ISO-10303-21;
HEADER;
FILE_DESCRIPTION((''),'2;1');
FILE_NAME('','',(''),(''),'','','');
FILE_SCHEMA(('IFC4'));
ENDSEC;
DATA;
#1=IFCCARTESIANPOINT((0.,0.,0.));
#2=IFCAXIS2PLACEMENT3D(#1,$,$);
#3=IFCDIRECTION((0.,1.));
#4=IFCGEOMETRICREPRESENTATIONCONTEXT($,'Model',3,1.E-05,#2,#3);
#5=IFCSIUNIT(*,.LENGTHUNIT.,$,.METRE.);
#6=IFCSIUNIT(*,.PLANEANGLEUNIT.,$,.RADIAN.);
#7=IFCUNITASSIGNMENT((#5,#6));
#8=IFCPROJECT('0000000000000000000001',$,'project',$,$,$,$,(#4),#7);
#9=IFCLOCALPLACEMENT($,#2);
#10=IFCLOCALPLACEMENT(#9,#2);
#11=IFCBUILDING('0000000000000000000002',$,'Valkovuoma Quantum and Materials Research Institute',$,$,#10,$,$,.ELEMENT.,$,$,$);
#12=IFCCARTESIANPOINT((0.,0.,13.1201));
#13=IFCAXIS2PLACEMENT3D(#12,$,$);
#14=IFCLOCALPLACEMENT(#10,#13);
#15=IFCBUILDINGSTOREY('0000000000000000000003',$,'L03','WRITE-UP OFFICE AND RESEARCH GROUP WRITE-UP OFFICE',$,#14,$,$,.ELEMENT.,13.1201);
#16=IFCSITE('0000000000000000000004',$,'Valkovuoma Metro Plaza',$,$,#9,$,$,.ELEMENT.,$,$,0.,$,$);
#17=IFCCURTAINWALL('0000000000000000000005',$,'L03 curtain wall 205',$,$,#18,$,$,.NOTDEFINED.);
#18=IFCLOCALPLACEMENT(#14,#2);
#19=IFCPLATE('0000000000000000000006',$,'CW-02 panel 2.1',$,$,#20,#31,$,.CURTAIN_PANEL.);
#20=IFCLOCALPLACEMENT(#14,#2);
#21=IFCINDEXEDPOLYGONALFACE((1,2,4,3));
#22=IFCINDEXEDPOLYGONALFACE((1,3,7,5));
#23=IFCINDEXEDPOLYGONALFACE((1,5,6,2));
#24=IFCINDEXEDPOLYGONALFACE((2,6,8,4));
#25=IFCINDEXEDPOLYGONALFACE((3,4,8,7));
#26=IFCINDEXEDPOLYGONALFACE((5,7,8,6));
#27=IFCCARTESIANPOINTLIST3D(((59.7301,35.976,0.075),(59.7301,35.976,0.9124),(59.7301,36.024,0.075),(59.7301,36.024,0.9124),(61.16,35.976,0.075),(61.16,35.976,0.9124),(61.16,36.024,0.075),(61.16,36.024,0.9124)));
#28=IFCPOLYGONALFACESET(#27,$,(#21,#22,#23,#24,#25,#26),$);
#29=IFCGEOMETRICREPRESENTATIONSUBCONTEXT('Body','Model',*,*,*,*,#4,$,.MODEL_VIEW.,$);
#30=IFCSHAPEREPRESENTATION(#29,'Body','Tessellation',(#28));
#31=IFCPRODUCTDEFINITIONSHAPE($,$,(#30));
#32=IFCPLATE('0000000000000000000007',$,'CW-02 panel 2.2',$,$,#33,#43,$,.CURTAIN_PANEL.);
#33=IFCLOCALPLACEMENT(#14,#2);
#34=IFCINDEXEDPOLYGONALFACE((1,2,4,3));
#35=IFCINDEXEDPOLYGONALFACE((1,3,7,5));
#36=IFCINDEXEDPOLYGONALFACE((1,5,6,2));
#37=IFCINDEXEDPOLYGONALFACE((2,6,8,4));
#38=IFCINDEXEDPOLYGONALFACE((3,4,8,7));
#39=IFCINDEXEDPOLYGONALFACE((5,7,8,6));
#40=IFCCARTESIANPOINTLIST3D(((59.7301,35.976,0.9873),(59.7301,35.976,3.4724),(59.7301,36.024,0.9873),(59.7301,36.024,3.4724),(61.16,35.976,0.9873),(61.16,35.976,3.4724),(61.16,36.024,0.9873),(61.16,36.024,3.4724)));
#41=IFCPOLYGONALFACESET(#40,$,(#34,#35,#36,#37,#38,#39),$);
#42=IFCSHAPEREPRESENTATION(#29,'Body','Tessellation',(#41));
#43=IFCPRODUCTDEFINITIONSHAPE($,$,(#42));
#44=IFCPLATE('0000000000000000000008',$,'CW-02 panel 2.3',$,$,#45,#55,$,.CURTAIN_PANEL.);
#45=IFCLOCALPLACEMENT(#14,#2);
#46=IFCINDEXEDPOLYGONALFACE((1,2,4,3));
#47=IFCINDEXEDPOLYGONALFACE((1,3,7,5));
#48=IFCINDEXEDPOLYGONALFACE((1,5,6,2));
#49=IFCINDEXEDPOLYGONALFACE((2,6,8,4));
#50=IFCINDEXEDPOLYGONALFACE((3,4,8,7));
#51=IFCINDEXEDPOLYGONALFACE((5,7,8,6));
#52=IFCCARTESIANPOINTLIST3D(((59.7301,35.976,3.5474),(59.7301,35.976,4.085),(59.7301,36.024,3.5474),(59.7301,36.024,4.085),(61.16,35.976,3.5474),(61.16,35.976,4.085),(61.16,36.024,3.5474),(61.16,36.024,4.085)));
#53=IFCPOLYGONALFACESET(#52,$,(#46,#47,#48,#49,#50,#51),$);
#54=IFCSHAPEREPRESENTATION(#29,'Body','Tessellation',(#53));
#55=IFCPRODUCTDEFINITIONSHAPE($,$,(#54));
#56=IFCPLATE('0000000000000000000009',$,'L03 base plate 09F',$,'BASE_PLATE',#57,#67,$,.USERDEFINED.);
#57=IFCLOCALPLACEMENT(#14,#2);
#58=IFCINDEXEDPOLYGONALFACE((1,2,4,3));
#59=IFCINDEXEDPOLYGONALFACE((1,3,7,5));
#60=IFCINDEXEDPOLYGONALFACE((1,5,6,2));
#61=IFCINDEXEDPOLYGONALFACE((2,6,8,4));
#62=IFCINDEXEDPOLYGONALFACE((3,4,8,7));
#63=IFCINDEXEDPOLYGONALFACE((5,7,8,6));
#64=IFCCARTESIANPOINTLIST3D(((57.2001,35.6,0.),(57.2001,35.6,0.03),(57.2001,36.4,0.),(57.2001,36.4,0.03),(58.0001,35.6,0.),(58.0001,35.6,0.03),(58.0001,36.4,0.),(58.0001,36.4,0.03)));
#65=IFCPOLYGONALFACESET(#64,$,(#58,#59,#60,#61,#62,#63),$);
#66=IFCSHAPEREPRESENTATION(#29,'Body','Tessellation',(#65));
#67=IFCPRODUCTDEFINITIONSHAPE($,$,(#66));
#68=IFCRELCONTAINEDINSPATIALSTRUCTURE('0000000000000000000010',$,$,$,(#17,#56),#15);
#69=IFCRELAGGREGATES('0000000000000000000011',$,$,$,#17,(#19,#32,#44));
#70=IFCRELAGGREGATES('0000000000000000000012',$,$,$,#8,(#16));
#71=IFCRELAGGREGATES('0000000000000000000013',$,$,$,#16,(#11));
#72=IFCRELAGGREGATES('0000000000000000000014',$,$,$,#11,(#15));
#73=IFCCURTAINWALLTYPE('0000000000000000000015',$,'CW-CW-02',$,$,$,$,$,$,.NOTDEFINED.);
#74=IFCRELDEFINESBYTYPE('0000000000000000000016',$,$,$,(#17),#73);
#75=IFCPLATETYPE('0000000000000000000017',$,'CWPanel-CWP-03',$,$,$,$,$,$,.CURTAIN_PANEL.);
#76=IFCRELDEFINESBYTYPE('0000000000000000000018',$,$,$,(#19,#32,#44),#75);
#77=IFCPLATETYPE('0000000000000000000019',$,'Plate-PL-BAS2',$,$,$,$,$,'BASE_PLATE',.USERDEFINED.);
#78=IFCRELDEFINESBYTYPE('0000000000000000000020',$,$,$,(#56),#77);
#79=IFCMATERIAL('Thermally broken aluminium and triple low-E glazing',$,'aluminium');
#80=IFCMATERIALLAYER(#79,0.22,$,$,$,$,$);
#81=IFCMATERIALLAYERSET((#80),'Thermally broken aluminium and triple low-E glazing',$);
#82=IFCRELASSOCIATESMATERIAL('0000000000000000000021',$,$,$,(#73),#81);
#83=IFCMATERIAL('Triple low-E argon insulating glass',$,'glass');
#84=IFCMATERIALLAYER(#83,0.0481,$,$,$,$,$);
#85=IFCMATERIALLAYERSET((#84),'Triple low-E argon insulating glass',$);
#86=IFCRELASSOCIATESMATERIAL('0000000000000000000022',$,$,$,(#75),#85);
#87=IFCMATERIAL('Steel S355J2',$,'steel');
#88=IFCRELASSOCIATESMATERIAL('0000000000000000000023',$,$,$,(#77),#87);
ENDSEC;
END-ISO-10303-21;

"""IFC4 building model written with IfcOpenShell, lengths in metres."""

from ifc_helpers import new_model, si_unit, direction, frame, origin, origin_2d, place, context, subcontext, project, spatial, rectangle, extrude, material, layer, layer_set, type_object, element, aggregate, save


model = new_model("IFC4")

# Units and contexts
model_context = context("Model", 3, precision=1e-05, world=origin(), true_north=direction((0.0, 1.0)))
body_context = subcontext(model_context, "Body", "Model", "MODEL_VIEW")
ifc_project = project(units=[si_unit("LENGTHUNIT", "METRE"), si_unit("PLANEANGLEUNIT", "RADIAN")], contexts=[model_context])

# Site, building, storey
site_placement = place(None, origin())
site = spatial("IfcSite", under=ifc_project, at=site_placement, Name="Valkovuoma Metro Plaza", CompositionType="ELEMENT", RefElevation=0.0)
building_placement = place(site_placement, origin())
building = spatial("IfcBuilding", under=site, at=building_placement, Name="Valkovuoma Quantum and Materials Research Institute", CompositionType="ELEMENT")
storey_placement = place(building_placement, frame((0.0, 0.0, 13.1201)))
storey = spatial("IfcBuildingStorey", under=building, at=storey_placement, Name="L03", Description="WRITE-UP OFFICE AND RESEARCH GROUP WRITE-UP OFFICE", CompositionType="ELEMENT", Elevation=13.1201)

# Curtain wall, plates
ifc_material_1 = material(Name="Thermally broken aluminium and triple low-E glazing", Category="aluminium")
ifc_layer_1 = layer(ifc_material_1, 0.22)
ifc_layer_set_1 = layer_set([ifc_layer_1], Name="Thermally broken aluminium and triple low-E glazing")
curtain_wall_type = type_object("IfcCurtainWallType", Name="CW-CW-02", PredefinedType="NOTDEFINED", material=ifc_layer_set_1)
curtain_wall_placement = place(storey_placement, origin())
curtain_wall = element("IfcCurtainWall", 1, at=curtain_wall_placement, inside=storey, type_object=curtain_wall_type, Name="L03 curtain wall 205", PredefinedType="NOTDEFINED")
ifc_material_2 = material(Name="Triple low-E argon insulating glass", Category="glass")
ifc_layer_2 = layer(ifc_material_2, 0.0481)
ifc_layer_set_2 = layer_set([ifc_layer_2], Name="Triple low-E argon insulating glass")
plate_type_1 = type_object("IfcPlateType", Name="CWPanel-CWP-03", PredefinedType="CURTAIN_PANEL", material=ifc_layer_set_2)
plate_1_placement = place(storey_placement, frame((60.4451, 36.0, 0.075), z_axis=(0.0, 0.0, 1.0), x_axis=(1.0, 0.0, 0.0)))
plate_1 = element("IfcPlate", 2, at=plate_1_placement, type_object=plate_type_1, Name="CW-02 panel 2.1", PredefinedType="CURTAIN_PANEL", context=body_context, shape_type="SweptSolid", body=[
    extrude(rectangle(XDim=1.4299, YDim=0.0481, at=origin_2d()), origin(), (0.0, 0.0, 1.0), 0.8374),
])
plate_2_placement = place(storey_placement, frame((60.4451, 36.0, 0.9873), z_axis=(0.0, 0.0, 1.0), x_axis=(1.0, 0.0, 0.0)))
plate_2 = element("IfcPlate", 3, at=plate_2_placement, type_object=plate_type_1, Name="CW-02 panel 2.2", PredefinedType="CURTAIN_PANEL", context=body_context, shape_type="SweptSolid", body=[
    extrude(rectangle(XDim=1.4299, YDim=0.0481, at=origin_2d()), origin(), (0.0, 0.0, 1.0), 2.4851),
])
plate_3_placement = place(storey_placement, frame((60.4451, 36.0, 3.5474), z_axis=(0.0, 0.0, 1.0), x_axis=(1.0, 0.0, 0.0)))
plate_3 = element("IfcPlate", 4, at=plate_3_placement, type_object=plate_type_1, Name="CW-02 panel 2.3", PredefinedType="CURTAIN_PANEL", context=body_context, shape_type="SweptSolid", body=[
    extrude(rectangle(XDim=1.4299, YDim=0.0481, at=origin_2d()), origin(), (0.0, 0.0, 1.0), 0.5376),
])
aggregate(curtain_wall, [plate_1, plate_2, plate_3])

# Plate
ifc_material_3 = material(Name="Steel S355J2", Category="steel")
plate_type_2 = type_object("IfcPlateType", Name="Plate-PL-BAS2", ElementType="BASE_PLATE", PredefinedType="USERDEFINED", material=ifc_material_3)
plate_4_placement = place(storey_placement, frame((57.6001, 36.0, 0.0), z_axis=(0.0, 0.0, 1.0), x_axis=(1.0, 0.0, 0.0)))
element("IfcPlate", 5, at=plate_4_placement, inside=storey, type_object=plate_type_2, Name="L03 base plate 09F", ObjectType="BASE_PLATE", PredefinedType="USERDEFINED", context=body_context, shape_type="SweptSolid", body=[
    extrude(rectangle(XDim=0.8, YDim=0.8, at=origin_2d()), origin(), (0.0, 0.0, 1.0), 0.03),
])

save(model, "model.ifc")
